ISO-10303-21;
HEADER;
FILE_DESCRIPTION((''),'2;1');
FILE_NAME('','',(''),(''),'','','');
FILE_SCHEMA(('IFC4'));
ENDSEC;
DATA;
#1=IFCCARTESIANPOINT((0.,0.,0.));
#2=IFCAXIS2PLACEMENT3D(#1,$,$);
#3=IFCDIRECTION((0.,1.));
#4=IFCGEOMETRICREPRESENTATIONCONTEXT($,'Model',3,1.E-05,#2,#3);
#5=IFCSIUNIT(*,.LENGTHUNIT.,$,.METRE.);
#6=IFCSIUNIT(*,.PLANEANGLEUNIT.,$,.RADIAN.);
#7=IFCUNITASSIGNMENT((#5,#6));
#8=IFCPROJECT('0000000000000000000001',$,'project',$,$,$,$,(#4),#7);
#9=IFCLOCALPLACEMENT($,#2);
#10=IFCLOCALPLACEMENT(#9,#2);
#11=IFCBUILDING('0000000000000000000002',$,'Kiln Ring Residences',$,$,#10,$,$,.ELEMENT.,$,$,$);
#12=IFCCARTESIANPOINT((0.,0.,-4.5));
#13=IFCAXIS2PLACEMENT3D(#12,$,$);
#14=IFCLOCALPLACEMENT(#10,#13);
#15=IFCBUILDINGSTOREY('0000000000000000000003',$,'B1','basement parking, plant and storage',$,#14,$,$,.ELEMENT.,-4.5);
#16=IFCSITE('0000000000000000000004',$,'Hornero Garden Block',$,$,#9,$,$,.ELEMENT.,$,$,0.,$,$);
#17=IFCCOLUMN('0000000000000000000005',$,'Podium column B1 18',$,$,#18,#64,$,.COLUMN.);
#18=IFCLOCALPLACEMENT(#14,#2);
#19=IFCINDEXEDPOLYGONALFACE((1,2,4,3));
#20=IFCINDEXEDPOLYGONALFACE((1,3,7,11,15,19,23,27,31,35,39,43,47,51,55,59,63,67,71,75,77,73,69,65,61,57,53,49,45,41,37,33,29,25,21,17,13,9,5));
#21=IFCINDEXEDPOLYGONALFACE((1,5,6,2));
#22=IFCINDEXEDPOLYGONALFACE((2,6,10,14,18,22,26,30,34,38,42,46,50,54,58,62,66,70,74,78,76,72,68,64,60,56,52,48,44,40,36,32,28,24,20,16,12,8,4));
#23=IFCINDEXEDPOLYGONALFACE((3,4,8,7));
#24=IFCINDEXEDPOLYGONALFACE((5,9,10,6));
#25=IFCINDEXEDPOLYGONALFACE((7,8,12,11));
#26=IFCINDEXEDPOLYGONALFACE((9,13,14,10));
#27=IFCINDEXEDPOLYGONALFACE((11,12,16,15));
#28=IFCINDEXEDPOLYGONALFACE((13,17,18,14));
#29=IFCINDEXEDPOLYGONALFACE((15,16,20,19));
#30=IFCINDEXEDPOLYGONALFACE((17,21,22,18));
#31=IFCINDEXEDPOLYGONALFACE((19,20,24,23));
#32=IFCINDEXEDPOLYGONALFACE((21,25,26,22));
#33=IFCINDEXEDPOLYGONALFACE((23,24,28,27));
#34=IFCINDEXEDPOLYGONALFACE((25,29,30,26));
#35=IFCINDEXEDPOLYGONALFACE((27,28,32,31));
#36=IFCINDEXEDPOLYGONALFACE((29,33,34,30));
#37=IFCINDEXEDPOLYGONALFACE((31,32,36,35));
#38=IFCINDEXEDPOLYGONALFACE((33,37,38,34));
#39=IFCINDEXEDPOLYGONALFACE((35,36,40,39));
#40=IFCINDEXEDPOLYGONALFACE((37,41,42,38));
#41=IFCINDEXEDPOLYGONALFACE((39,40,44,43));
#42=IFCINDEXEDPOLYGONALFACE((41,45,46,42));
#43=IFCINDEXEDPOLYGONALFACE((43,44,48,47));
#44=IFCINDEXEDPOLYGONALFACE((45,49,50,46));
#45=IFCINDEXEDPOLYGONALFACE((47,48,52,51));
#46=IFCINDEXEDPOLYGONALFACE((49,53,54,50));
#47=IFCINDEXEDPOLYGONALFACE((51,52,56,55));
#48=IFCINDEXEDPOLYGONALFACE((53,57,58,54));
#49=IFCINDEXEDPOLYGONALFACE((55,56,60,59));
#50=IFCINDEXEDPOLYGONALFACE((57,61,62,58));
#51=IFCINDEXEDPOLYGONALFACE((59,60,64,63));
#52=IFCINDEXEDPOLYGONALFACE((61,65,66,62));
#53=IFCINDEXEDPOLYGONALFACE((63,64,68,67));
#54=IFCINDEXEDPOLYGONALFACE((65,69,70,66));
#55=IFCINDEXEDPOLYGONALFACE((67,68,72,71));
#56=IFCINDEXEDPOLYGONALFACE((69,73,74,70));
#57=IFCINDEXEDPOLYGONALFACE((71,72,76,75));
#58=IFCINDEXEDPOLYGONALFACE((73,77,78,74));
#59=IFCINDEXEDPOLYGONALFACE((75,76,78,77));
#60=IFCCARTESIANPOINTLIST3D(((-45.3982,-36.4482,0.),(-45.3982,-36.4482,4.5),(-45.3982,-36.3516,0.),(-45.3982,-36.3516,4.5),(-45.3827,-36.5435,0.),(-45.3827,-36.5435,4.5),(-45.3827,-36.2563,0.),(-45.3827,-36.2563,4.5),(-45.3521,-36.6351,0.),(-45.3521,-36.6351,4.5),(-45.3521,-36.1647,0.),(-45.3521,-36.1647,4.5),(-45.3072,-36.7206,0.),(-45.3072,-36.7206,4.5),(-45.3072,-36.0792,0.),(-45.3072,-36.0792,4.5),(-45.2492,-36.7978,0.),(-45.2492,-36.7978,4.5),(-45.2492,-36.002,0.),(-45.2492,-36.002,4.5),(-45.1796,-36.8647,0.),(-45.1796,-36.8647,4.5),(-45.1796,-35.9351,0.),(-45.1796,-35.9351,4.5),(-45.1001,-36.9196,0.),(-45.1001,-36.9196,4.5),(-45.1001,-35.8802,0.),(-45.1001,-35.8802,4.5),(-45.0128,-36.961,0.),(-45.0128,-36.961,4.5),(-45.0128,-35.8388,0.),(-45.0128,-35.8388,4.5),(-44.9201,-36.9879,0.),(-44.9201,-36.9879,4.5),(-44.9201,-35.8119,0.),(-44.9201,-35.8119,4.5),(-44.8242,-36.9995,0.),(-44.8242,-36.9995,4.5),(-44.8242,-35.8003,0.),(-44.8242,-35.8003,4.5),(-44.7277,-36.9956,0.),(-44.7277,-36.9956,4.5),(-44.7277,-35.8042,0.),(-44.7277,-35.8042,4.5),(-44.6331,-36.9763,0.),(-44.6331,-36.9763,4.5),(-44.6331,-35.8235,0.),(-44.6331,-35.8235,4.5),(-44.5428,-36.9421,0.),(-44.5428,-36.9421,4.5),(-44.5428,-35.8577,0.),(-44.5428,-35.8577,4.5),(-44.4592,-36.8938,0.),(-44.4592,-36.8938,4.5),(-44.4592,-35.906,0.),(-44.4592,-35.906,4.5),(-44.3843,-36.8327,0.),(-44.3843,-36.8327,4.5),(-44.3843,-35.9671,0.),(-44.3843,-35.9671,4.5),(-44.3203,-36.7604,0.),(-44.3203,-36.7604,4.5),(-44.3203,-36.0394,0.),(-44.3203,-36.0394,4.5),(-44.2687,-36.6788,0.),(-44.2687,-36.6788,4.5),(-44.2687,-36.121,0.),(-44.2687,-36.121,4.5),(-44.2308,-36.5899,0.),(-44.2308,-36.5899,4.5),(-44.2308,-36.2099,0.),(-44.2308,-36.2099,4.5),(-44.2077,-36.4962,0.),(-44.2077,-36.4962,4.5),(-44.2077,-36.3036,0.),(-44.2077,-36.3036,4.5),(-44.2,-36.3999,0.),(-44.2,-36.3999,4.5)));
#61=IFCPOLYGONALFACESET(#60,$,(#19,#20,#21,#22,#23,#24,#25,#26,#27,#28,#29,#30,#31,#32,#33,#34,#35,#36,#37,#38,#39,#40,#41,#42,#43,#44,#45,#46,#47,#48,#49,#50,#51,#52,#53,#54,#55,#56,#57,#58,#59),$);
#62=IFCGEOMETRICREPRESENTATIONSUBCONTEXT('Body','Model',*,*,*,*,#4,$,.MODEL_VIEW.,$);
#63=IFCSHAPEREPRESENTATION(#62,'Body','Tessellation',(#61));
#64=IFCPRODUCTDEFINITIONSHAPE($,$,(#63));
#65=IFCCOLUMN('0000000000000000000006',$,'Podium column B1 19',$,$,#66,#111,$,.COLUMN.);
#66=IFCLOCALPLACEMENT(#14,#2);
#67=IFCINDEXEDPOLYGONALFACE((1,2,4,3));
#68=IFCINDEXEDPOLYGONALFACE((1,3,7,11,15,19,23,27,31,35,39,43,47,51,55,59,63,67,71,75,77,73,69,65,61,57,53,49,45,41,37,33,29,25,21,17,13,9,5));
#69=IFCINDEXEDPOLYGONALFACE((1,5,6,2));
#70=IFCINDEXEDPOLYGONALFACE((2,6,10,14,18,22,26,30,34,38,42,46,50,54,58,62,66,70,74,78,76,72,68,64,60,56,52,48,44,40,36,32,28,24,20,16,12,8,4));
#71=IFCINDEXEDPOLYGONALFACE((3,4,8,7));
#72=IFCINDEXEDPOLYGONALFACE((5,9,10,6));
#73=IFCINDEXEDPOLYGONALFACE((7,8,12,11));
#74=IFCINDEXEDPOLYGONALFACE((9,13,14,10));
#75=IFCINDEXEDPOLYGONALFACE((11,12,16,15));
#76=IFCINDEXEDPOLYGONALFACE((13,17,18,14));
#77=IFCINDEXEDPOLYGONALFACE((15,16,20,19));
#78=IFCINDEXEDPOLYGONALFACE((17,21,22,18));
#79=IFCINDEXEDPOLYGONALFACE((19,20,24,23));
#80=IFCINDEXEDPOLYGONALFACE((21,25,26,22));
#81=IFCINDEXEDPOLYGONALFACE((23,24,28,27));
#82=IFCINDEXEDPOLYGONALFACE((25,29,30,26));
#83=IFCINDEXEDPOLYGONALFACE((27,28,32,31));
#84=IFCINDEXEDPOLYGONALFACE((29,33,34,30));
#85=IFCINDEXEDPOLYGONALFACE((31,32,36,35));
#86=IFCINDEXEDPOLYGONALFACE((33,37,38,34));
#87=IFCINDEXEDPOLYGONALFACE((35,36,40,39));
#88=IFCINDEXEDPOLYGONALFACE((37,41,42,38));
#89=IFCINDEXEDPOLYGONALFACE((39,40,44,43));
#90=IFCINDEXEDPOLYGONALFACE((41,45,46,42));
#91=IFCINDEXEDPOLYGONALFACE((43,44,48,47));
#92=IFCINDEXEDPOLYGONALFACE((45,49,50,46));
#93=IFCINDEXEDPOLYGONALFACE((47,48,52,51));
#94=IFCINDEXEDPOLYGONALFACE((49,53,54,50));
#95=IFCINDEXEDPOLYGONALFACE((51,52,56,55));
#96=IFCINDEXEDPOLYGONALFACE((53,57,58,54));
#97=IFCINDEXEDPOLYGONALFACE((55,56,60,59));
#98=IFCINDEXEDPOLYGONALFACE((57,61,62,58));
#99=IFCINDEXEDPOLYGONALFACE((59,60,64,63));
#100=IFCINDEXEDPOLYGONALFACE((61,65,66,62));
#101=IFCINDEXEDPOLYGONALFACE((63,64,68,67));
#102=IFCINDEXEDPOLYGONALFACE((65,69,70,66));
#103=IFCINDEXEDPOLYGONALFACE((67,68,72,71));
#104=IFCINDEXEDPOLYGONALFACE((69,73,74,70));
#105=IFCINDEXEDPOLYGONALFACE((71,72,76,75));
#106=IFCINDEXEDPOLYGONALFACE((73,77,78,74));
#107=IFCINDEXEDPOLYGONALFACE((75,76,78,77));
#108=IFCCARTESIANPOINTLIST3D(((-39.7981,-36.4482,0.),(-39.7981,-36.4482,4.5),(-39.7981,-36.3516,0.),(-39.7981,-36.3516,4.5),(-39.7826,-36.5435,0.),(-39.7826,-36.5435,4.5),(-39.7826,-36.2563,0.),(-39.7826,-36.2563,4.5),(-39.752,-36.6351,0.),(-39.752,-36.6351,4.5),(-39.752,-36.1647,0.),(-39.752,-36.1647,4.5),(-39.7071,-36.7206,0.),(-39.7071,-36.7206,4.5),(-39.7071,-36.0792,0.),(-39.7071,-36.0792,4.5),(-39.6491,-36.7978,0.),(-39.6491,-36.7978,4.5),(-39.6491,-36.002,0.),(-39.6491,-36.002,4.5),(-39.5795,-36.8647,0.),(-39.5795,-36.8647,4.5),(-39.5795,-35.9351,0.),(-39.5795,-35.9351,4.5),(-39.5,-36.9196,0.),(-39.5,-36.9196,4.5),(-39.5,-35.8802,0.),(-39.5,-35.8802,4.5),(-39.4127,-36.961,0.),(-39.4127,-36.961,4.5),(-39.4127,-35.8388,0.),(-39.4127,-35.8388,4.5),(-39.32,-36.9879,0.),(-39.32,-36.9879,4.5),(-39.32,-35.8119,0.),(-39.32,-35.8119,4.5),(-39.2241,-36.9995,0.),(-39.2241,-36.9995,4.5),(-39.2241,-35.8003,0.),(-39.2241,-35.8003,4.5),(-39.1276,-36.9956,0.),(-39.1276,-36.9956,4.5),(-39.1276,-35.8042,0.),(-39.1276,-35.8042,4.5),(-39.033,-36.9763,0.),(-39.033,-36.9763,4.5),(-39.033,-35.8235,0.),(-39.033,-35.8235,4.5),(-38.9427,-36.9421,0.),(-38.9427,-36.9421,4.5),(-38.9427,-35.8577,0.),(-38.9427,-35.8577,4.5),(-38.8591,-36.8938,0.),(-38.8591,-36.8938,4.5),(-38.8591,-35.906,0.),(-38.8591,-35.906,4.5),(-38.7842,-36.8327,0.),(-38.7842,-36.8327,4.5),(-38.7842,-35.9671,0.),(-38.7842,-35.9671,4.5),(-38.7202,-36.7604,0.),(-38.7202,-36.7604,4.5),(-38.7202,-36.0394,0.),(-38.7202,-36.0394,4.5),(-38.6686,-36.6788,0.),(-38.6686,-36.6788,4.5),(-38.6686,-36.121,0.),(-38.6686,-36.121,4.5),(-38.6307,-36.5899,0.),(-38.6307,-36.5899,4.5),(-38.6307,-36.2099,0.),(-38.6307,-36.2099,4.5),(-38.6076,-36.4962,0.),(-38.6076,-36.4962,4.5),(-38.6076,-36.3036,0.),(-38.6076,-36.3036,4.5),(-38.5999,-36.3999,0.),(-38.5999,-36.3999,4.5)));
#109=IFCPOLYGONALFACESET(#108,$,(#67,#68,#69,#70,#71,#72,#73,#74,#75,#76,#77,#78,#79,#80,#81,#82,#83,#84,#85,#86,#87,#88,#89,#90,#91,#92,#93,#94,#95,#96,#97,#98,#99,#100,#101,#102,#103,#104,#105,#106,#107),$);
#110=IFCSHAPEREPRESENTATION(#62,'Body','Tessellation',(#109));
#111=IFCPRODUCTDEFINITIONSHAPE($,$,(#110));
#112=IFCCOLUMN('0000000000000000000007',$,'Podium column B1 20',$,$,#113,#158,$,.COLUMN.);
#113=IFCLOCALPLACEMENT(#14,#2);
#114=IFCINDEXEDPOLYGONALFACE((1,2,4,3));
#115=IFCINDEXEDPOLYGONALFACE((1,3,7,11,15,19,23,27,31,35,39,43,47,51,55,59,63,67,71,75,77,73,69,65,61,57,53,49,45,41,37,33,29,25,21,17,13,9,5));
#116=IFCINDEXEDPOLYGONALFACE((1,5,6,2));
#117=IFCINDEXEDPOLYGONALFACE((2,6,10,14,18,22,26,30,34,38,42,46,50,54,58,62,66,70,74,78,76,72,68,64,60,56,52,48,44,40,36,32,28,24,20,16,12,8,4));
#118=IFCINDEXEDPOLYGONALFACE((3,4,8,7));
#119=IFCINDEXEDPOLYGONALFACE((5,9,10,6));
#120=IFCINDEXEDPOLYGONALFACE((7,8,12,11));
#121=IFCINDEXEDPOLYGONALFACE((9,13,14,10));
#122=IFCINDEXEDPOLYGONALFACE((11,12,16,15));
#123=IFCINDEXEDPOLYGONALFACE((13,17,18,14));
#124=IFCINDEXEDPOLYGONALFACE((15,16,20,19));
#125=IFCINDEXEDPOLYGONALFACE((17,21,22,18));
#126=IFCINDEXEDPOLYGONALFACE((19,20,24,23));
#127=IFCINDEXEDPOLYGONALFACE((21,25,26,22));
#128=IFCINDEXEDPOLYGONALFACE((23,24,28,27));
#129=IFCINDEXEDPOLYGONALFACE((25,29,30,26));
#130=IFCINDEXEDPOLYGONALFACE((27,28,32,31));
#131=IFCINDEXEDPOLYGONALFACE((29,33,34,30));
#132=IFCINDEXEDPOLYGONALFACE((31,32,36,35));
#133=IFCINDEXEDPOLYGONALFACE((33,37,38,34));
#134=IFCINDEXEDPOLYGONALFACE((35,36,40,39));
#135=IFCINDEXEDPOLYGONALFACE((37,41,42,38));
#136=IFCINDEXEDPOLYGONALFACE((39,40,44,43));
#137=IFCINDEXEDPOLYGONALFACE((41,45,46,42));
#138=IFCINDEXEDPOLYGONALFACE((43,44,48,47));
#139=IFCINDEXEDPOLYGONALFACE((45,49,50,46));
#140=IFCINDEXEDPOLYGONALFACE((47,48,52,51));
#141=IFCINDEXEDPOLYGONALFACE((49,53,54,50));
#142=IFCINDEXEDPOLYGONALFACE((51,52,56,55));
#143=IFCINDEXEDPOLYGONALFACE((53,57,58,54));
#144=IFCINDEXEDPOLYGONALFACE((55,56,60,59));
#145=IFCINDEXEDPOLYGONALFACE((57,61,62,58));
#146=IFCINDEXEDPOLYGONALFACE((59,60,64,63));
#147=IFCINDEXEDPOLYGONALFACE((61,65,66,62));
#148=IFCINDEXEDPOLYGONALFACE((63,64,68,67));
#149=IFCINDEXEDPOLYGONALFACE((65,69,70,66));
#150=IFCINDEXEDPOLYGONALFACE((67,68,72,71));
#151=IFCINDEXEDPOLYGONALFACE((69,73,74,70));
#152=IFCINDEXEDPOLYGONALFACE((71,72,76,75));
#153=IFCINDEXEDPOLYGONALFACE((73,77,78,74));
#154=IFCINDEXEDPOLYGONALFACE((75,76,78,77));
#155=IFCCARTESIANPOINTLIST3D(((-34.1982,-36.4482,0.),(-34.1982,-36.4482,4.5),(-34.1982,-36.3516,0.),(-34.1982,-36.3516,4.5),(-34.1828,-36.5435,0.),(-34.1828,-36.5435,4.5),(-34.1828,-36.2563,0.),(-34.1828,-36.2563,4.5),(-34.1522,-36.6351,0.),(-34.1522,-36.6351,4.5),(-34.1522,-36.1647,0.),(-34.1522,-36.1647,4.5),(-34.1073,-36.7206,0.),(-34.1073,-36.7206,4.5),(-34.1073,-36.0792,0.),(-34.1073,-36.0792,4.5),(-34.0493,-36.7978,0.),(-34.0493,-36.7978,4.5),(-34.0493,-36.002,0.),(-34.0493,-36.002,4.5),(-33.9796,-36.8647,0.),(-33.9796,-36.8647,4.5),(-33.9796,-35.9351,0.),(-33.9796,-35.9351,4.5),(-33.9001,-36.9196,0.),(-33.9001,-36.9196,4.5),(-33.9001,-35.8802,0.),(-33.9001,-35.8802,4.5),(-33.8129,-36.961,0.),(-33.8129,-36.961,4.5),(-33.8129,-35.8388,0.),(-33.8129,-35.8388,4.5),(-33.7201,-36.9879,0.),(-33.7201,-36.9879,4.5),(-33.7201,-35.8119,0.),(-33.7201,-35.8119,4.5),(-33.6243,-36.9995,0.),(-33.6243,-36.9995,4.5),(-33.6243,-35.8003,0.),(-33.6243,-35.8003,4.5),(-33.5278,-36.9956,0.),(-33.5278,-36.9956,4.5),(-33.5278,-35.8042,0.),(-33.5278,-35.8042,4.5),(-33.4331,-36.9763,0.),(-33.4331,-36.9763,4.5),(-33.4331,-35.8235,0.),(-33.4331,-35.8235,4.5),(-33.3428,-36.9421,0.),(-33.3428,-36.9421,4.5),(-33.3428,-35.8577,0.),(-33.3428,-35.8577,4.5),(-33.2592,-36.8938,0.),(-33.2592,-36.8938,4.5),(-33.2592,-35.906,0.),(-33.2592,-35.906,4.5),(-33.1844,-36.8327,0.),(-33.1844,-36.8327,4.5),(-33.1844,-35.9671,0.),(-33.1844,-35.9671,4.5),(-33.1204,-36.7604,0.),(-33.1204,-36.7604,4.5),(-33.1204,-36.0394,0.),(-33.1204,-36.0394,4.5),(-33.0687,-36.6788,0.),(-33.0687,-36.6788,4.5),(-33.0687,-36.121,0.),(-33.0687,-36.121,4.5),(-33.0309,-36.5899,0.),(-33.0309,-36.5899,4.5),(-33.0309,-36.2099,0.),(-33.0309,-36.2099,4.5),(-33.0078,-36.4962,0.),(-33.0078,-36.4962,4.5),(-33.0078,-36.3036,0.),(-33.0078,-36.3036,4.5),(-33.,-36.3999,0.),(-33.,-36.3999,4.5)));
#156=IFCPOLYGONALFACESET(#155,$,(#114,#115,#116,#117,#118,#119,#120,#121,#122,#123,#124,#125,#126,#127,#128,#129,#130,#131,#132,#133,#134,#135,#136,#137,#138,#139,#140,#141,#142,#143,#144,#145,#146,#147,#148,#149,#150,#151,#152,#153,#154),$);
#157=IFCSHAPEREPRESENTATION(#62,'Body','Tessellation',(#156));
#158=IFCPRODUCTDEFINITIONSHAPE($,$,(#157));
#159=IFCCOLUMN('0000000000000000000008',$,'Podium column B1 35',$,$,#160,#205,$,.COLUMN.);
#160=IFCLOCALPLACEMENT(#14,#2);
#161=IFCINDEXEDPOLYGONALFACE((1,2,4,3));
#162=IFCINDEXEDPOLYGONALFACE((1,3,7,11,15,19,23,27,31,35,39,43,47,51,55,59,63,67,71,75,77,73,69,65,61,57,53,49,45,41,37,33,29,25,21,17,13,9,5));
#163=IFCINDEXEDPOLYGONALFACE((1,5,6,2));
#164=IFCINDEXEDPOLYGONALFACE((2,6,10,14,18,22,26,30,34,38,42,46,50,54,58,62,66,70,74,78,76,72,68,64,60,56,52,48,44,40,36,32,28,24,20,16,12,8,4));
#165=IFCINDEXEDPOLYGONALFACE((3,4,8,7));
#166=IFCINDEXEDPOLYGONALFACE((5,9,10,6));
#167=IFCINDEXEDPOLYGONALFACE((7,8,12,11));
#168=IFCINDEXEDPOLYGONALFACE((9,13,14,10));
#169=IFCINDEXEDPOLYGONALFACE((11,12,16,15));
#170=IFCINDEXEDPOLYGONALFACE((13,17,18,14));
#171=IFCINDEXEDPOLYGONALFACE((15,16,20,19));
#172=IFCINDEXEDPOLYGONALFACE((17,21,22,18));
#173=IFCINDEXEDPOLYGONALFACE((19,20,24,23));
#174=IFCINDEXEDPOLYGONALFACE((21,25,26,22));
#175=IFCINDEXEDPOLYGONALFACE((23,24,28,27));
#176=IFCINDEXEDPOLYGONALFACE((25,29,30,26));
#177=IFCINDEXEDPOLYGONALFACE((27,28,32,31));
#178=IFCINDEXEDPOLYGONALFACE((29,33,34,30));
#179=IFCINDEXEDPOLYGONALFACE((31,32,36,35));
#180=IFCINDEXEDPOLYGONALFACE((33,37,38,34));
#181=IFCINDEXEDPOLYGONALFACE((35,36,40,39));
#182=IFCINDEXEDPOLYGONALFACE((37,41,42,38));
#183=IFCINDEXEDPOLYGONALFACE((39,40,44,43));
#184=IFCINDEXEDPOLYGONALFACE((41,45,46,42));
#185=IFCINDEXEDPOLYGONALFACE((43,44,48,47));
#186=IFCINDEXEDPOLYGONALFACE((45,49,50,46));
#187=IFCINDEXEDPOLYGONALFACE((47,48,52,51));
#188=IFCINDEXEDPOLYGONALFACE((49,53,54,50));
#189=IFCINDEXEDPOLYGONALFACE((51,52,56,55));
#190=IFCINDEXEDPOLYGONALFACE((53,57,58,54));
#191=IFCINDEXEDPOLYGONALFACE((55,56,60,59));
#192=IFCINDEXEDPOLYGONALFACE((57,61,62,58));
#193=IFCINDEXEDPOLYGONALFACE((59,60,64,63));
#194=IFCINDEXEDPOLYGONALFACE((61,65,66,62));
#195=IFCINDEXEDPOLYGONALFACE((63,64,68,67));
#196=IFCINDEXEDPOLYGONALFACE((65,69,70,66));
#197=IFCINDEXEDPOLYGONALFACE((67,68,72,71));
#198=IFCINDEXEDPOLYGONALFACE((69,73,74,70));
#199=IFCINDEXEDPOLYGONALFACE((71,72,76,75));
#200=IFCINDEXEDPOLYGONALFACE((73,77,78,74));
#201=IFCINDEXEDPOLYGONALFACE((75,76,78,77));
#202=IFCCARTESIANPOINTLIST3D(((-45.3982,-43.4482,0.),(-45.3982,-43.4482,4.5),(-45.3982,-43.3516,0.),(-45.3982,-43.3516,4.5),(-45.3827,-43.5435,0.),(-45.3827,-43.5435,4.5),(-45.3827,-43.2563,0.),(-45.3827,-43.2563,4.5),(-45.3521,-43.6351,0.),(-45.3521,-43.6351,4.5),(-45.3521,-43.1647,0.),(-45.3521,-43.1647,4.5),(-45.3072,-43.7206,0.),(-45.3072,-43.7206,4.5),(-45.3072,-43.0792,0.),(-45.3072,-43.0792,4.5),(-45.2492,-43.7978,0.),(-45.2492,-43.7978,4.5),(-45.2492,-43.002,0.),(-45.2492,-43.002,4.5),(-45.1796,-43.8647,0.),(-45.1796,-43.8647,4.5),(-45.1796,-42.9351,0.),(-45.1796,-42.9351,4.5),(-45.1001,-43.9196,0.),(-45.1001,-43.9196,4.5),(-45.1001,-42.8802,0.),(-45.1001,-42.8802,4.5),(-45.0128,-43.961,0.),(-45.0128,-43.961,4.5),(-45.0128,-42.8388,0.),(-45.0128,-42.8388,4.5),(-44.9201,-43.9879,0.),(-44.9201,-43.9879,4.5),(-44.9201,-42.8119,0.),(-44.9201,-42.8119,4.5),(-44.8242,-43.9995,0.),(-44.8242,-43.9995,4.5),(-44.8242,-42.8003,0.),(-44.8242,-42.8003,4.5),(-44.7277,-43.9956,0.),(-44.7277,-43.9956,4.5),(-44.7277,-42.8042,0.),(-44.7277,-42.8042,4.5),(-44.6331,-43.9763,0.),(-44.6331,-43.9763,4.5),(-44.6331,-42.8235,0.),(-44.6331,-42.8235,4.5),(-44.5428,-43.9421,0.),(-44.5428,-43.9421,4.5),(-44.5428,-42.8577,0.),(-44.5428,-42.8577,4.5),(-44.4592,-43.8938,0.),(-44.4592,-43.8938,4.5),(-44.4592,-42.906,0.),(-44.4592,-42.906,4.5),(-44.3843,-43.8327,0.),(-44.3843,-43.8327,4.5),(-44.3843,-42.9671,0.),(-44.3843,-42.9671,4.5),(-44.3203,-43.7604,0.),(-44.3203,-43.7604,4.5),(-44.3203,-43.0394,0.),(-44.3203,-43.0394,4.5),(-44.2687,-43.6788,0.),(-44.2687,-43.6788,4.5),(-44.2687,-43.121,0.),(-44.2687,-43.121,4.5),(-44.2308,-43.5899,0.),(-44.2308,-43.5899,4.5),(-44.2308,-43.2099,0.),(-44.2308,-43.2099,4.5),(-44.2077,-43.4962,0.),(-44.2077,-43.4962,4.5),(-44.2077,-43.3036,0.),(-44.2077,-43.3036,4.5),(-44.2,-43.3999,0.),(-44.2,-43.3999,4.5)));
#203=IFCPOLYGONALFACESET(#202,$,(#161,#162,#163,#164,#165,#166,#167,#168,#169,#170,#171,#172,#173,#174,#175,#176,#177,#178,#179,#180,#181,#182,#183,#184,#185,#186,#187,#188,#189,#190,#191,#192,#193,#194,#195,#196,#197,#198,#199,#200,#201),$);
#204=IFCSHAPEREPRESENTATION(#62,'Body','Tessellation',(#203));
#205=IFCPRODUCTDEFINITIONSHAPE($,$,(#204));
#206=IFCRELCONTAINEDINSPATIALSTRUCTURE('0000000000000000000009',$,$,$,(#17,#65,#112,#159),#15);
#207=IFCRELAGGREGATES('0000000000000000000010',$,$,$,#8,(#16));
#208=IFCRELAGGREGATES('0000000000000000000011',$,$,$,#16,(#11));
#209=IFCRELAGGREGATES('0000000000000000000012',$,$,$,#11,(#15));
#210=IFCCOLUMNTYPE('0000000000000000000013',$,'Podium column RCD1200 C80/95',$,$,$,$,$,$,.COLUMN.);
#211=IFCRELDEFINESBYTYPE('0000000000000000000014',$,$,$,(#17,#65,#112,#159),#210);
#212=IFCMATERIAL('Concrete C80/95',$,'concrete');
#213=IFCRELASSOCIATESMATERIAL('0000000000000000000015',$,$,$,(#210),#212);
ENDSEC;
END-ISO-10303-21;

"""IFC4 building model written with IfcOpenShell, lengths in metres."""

from ifc_helpers import new_model, si_unit, direction, frame, origin, origin_2d, place, context, subcontext, project, spatial, circle, extrude, material, material_profile, profile_set, type_object, element, save


model = new_model("IFC4")

# Units and contexts
model_context = context("Model", 3, precision=1e-05, world=origin(), true_north=direction((0.0, 1.0)))
body_context = subcontext(model_context, "Body", "Model", "MODEL_VIEW")
ifc_project = project(units=[si_unit("LENGTHUNIT", "METRE"), si_unit("PLANEANGLEUNIT", "RADIAN")], contexts=[model_context])

# Site, building, storey
site_placement = place(None, origin())
site = spatial("IfcSite", under=ifc_project, at=site_placement, Name="Hornero Garden Block", CompositionType="ELEMENT", RefElevation=0.0)
building_placement = place(site_placement, origin())
building = spatial("IfcBuilding", under=site, at=building_placement, Name="Kiln Ring Residences", CompositionType="ELEMENT")
storey_placement = place(building_placement, frame((0.0, 0.0, -4.5)))
storey = spatial("IfcBuildingStorey", under=building, at=storey_placement, Name="B1", Description="basement parking, plant and storage", CompositionType="ELEMENT", Elevation=-4.5)

# Columns
ifc_material_1 = material(Name="Concrete C80/95", Category="concrete")
ifc_material_profile_1 = material_profile(ifc_material_1, circle(Radius=0.6001, at=origin_2d()), Name="RCD1200")
ifc_profile_set_1 = profile_set([ifc_material_profile_1], Name="Concrete C80/95")
column_type = type_object("IfcColumnType", Name="Podium column RCD1200 C80/95", PredefinedType="COLUMN", material=ifc_profile_set_1)
for number, where, z_axis, x_axis, name in (
    (1, (-44.8, -36.3999, 0.0), (0.0, 0.0, 1.0), (1.0, 0.0, 0.0), "Podium column B1 18"),
    (2, (-39.2, -36.3999, 0.0), (0.0, 0.0, 1.0), (1.0, 0.0, 0.0), "Podium column B1 19"),
    (3, (-33.6001, -36.3999, 0.0), (0.0, 0.0, 1.0), (1.0, 0.0, 0.0), "Podium column B1 20"),
    (4, (-44.8, -43.3999, 0.0), (0.0, 0.0, 1.0), (1.0, 0.0, 0.0), "Podium column B1 35"),
):
    element("IfcColumn", number, at=place(storey_placement, frame(where, z_axis=z_axis, x_axis=x_axis)), inside=storey, type_object=column_type, Name=name, PredefinedType="COLUMN", context=body_context, shape_type="SweptSolid", body=[
        extrude(circle(Radius=0.6001, at=origin_2d()), origin(), (0.0, 0.0, 1.0), 4.5),
    ])

save(model, "model.ifc")
